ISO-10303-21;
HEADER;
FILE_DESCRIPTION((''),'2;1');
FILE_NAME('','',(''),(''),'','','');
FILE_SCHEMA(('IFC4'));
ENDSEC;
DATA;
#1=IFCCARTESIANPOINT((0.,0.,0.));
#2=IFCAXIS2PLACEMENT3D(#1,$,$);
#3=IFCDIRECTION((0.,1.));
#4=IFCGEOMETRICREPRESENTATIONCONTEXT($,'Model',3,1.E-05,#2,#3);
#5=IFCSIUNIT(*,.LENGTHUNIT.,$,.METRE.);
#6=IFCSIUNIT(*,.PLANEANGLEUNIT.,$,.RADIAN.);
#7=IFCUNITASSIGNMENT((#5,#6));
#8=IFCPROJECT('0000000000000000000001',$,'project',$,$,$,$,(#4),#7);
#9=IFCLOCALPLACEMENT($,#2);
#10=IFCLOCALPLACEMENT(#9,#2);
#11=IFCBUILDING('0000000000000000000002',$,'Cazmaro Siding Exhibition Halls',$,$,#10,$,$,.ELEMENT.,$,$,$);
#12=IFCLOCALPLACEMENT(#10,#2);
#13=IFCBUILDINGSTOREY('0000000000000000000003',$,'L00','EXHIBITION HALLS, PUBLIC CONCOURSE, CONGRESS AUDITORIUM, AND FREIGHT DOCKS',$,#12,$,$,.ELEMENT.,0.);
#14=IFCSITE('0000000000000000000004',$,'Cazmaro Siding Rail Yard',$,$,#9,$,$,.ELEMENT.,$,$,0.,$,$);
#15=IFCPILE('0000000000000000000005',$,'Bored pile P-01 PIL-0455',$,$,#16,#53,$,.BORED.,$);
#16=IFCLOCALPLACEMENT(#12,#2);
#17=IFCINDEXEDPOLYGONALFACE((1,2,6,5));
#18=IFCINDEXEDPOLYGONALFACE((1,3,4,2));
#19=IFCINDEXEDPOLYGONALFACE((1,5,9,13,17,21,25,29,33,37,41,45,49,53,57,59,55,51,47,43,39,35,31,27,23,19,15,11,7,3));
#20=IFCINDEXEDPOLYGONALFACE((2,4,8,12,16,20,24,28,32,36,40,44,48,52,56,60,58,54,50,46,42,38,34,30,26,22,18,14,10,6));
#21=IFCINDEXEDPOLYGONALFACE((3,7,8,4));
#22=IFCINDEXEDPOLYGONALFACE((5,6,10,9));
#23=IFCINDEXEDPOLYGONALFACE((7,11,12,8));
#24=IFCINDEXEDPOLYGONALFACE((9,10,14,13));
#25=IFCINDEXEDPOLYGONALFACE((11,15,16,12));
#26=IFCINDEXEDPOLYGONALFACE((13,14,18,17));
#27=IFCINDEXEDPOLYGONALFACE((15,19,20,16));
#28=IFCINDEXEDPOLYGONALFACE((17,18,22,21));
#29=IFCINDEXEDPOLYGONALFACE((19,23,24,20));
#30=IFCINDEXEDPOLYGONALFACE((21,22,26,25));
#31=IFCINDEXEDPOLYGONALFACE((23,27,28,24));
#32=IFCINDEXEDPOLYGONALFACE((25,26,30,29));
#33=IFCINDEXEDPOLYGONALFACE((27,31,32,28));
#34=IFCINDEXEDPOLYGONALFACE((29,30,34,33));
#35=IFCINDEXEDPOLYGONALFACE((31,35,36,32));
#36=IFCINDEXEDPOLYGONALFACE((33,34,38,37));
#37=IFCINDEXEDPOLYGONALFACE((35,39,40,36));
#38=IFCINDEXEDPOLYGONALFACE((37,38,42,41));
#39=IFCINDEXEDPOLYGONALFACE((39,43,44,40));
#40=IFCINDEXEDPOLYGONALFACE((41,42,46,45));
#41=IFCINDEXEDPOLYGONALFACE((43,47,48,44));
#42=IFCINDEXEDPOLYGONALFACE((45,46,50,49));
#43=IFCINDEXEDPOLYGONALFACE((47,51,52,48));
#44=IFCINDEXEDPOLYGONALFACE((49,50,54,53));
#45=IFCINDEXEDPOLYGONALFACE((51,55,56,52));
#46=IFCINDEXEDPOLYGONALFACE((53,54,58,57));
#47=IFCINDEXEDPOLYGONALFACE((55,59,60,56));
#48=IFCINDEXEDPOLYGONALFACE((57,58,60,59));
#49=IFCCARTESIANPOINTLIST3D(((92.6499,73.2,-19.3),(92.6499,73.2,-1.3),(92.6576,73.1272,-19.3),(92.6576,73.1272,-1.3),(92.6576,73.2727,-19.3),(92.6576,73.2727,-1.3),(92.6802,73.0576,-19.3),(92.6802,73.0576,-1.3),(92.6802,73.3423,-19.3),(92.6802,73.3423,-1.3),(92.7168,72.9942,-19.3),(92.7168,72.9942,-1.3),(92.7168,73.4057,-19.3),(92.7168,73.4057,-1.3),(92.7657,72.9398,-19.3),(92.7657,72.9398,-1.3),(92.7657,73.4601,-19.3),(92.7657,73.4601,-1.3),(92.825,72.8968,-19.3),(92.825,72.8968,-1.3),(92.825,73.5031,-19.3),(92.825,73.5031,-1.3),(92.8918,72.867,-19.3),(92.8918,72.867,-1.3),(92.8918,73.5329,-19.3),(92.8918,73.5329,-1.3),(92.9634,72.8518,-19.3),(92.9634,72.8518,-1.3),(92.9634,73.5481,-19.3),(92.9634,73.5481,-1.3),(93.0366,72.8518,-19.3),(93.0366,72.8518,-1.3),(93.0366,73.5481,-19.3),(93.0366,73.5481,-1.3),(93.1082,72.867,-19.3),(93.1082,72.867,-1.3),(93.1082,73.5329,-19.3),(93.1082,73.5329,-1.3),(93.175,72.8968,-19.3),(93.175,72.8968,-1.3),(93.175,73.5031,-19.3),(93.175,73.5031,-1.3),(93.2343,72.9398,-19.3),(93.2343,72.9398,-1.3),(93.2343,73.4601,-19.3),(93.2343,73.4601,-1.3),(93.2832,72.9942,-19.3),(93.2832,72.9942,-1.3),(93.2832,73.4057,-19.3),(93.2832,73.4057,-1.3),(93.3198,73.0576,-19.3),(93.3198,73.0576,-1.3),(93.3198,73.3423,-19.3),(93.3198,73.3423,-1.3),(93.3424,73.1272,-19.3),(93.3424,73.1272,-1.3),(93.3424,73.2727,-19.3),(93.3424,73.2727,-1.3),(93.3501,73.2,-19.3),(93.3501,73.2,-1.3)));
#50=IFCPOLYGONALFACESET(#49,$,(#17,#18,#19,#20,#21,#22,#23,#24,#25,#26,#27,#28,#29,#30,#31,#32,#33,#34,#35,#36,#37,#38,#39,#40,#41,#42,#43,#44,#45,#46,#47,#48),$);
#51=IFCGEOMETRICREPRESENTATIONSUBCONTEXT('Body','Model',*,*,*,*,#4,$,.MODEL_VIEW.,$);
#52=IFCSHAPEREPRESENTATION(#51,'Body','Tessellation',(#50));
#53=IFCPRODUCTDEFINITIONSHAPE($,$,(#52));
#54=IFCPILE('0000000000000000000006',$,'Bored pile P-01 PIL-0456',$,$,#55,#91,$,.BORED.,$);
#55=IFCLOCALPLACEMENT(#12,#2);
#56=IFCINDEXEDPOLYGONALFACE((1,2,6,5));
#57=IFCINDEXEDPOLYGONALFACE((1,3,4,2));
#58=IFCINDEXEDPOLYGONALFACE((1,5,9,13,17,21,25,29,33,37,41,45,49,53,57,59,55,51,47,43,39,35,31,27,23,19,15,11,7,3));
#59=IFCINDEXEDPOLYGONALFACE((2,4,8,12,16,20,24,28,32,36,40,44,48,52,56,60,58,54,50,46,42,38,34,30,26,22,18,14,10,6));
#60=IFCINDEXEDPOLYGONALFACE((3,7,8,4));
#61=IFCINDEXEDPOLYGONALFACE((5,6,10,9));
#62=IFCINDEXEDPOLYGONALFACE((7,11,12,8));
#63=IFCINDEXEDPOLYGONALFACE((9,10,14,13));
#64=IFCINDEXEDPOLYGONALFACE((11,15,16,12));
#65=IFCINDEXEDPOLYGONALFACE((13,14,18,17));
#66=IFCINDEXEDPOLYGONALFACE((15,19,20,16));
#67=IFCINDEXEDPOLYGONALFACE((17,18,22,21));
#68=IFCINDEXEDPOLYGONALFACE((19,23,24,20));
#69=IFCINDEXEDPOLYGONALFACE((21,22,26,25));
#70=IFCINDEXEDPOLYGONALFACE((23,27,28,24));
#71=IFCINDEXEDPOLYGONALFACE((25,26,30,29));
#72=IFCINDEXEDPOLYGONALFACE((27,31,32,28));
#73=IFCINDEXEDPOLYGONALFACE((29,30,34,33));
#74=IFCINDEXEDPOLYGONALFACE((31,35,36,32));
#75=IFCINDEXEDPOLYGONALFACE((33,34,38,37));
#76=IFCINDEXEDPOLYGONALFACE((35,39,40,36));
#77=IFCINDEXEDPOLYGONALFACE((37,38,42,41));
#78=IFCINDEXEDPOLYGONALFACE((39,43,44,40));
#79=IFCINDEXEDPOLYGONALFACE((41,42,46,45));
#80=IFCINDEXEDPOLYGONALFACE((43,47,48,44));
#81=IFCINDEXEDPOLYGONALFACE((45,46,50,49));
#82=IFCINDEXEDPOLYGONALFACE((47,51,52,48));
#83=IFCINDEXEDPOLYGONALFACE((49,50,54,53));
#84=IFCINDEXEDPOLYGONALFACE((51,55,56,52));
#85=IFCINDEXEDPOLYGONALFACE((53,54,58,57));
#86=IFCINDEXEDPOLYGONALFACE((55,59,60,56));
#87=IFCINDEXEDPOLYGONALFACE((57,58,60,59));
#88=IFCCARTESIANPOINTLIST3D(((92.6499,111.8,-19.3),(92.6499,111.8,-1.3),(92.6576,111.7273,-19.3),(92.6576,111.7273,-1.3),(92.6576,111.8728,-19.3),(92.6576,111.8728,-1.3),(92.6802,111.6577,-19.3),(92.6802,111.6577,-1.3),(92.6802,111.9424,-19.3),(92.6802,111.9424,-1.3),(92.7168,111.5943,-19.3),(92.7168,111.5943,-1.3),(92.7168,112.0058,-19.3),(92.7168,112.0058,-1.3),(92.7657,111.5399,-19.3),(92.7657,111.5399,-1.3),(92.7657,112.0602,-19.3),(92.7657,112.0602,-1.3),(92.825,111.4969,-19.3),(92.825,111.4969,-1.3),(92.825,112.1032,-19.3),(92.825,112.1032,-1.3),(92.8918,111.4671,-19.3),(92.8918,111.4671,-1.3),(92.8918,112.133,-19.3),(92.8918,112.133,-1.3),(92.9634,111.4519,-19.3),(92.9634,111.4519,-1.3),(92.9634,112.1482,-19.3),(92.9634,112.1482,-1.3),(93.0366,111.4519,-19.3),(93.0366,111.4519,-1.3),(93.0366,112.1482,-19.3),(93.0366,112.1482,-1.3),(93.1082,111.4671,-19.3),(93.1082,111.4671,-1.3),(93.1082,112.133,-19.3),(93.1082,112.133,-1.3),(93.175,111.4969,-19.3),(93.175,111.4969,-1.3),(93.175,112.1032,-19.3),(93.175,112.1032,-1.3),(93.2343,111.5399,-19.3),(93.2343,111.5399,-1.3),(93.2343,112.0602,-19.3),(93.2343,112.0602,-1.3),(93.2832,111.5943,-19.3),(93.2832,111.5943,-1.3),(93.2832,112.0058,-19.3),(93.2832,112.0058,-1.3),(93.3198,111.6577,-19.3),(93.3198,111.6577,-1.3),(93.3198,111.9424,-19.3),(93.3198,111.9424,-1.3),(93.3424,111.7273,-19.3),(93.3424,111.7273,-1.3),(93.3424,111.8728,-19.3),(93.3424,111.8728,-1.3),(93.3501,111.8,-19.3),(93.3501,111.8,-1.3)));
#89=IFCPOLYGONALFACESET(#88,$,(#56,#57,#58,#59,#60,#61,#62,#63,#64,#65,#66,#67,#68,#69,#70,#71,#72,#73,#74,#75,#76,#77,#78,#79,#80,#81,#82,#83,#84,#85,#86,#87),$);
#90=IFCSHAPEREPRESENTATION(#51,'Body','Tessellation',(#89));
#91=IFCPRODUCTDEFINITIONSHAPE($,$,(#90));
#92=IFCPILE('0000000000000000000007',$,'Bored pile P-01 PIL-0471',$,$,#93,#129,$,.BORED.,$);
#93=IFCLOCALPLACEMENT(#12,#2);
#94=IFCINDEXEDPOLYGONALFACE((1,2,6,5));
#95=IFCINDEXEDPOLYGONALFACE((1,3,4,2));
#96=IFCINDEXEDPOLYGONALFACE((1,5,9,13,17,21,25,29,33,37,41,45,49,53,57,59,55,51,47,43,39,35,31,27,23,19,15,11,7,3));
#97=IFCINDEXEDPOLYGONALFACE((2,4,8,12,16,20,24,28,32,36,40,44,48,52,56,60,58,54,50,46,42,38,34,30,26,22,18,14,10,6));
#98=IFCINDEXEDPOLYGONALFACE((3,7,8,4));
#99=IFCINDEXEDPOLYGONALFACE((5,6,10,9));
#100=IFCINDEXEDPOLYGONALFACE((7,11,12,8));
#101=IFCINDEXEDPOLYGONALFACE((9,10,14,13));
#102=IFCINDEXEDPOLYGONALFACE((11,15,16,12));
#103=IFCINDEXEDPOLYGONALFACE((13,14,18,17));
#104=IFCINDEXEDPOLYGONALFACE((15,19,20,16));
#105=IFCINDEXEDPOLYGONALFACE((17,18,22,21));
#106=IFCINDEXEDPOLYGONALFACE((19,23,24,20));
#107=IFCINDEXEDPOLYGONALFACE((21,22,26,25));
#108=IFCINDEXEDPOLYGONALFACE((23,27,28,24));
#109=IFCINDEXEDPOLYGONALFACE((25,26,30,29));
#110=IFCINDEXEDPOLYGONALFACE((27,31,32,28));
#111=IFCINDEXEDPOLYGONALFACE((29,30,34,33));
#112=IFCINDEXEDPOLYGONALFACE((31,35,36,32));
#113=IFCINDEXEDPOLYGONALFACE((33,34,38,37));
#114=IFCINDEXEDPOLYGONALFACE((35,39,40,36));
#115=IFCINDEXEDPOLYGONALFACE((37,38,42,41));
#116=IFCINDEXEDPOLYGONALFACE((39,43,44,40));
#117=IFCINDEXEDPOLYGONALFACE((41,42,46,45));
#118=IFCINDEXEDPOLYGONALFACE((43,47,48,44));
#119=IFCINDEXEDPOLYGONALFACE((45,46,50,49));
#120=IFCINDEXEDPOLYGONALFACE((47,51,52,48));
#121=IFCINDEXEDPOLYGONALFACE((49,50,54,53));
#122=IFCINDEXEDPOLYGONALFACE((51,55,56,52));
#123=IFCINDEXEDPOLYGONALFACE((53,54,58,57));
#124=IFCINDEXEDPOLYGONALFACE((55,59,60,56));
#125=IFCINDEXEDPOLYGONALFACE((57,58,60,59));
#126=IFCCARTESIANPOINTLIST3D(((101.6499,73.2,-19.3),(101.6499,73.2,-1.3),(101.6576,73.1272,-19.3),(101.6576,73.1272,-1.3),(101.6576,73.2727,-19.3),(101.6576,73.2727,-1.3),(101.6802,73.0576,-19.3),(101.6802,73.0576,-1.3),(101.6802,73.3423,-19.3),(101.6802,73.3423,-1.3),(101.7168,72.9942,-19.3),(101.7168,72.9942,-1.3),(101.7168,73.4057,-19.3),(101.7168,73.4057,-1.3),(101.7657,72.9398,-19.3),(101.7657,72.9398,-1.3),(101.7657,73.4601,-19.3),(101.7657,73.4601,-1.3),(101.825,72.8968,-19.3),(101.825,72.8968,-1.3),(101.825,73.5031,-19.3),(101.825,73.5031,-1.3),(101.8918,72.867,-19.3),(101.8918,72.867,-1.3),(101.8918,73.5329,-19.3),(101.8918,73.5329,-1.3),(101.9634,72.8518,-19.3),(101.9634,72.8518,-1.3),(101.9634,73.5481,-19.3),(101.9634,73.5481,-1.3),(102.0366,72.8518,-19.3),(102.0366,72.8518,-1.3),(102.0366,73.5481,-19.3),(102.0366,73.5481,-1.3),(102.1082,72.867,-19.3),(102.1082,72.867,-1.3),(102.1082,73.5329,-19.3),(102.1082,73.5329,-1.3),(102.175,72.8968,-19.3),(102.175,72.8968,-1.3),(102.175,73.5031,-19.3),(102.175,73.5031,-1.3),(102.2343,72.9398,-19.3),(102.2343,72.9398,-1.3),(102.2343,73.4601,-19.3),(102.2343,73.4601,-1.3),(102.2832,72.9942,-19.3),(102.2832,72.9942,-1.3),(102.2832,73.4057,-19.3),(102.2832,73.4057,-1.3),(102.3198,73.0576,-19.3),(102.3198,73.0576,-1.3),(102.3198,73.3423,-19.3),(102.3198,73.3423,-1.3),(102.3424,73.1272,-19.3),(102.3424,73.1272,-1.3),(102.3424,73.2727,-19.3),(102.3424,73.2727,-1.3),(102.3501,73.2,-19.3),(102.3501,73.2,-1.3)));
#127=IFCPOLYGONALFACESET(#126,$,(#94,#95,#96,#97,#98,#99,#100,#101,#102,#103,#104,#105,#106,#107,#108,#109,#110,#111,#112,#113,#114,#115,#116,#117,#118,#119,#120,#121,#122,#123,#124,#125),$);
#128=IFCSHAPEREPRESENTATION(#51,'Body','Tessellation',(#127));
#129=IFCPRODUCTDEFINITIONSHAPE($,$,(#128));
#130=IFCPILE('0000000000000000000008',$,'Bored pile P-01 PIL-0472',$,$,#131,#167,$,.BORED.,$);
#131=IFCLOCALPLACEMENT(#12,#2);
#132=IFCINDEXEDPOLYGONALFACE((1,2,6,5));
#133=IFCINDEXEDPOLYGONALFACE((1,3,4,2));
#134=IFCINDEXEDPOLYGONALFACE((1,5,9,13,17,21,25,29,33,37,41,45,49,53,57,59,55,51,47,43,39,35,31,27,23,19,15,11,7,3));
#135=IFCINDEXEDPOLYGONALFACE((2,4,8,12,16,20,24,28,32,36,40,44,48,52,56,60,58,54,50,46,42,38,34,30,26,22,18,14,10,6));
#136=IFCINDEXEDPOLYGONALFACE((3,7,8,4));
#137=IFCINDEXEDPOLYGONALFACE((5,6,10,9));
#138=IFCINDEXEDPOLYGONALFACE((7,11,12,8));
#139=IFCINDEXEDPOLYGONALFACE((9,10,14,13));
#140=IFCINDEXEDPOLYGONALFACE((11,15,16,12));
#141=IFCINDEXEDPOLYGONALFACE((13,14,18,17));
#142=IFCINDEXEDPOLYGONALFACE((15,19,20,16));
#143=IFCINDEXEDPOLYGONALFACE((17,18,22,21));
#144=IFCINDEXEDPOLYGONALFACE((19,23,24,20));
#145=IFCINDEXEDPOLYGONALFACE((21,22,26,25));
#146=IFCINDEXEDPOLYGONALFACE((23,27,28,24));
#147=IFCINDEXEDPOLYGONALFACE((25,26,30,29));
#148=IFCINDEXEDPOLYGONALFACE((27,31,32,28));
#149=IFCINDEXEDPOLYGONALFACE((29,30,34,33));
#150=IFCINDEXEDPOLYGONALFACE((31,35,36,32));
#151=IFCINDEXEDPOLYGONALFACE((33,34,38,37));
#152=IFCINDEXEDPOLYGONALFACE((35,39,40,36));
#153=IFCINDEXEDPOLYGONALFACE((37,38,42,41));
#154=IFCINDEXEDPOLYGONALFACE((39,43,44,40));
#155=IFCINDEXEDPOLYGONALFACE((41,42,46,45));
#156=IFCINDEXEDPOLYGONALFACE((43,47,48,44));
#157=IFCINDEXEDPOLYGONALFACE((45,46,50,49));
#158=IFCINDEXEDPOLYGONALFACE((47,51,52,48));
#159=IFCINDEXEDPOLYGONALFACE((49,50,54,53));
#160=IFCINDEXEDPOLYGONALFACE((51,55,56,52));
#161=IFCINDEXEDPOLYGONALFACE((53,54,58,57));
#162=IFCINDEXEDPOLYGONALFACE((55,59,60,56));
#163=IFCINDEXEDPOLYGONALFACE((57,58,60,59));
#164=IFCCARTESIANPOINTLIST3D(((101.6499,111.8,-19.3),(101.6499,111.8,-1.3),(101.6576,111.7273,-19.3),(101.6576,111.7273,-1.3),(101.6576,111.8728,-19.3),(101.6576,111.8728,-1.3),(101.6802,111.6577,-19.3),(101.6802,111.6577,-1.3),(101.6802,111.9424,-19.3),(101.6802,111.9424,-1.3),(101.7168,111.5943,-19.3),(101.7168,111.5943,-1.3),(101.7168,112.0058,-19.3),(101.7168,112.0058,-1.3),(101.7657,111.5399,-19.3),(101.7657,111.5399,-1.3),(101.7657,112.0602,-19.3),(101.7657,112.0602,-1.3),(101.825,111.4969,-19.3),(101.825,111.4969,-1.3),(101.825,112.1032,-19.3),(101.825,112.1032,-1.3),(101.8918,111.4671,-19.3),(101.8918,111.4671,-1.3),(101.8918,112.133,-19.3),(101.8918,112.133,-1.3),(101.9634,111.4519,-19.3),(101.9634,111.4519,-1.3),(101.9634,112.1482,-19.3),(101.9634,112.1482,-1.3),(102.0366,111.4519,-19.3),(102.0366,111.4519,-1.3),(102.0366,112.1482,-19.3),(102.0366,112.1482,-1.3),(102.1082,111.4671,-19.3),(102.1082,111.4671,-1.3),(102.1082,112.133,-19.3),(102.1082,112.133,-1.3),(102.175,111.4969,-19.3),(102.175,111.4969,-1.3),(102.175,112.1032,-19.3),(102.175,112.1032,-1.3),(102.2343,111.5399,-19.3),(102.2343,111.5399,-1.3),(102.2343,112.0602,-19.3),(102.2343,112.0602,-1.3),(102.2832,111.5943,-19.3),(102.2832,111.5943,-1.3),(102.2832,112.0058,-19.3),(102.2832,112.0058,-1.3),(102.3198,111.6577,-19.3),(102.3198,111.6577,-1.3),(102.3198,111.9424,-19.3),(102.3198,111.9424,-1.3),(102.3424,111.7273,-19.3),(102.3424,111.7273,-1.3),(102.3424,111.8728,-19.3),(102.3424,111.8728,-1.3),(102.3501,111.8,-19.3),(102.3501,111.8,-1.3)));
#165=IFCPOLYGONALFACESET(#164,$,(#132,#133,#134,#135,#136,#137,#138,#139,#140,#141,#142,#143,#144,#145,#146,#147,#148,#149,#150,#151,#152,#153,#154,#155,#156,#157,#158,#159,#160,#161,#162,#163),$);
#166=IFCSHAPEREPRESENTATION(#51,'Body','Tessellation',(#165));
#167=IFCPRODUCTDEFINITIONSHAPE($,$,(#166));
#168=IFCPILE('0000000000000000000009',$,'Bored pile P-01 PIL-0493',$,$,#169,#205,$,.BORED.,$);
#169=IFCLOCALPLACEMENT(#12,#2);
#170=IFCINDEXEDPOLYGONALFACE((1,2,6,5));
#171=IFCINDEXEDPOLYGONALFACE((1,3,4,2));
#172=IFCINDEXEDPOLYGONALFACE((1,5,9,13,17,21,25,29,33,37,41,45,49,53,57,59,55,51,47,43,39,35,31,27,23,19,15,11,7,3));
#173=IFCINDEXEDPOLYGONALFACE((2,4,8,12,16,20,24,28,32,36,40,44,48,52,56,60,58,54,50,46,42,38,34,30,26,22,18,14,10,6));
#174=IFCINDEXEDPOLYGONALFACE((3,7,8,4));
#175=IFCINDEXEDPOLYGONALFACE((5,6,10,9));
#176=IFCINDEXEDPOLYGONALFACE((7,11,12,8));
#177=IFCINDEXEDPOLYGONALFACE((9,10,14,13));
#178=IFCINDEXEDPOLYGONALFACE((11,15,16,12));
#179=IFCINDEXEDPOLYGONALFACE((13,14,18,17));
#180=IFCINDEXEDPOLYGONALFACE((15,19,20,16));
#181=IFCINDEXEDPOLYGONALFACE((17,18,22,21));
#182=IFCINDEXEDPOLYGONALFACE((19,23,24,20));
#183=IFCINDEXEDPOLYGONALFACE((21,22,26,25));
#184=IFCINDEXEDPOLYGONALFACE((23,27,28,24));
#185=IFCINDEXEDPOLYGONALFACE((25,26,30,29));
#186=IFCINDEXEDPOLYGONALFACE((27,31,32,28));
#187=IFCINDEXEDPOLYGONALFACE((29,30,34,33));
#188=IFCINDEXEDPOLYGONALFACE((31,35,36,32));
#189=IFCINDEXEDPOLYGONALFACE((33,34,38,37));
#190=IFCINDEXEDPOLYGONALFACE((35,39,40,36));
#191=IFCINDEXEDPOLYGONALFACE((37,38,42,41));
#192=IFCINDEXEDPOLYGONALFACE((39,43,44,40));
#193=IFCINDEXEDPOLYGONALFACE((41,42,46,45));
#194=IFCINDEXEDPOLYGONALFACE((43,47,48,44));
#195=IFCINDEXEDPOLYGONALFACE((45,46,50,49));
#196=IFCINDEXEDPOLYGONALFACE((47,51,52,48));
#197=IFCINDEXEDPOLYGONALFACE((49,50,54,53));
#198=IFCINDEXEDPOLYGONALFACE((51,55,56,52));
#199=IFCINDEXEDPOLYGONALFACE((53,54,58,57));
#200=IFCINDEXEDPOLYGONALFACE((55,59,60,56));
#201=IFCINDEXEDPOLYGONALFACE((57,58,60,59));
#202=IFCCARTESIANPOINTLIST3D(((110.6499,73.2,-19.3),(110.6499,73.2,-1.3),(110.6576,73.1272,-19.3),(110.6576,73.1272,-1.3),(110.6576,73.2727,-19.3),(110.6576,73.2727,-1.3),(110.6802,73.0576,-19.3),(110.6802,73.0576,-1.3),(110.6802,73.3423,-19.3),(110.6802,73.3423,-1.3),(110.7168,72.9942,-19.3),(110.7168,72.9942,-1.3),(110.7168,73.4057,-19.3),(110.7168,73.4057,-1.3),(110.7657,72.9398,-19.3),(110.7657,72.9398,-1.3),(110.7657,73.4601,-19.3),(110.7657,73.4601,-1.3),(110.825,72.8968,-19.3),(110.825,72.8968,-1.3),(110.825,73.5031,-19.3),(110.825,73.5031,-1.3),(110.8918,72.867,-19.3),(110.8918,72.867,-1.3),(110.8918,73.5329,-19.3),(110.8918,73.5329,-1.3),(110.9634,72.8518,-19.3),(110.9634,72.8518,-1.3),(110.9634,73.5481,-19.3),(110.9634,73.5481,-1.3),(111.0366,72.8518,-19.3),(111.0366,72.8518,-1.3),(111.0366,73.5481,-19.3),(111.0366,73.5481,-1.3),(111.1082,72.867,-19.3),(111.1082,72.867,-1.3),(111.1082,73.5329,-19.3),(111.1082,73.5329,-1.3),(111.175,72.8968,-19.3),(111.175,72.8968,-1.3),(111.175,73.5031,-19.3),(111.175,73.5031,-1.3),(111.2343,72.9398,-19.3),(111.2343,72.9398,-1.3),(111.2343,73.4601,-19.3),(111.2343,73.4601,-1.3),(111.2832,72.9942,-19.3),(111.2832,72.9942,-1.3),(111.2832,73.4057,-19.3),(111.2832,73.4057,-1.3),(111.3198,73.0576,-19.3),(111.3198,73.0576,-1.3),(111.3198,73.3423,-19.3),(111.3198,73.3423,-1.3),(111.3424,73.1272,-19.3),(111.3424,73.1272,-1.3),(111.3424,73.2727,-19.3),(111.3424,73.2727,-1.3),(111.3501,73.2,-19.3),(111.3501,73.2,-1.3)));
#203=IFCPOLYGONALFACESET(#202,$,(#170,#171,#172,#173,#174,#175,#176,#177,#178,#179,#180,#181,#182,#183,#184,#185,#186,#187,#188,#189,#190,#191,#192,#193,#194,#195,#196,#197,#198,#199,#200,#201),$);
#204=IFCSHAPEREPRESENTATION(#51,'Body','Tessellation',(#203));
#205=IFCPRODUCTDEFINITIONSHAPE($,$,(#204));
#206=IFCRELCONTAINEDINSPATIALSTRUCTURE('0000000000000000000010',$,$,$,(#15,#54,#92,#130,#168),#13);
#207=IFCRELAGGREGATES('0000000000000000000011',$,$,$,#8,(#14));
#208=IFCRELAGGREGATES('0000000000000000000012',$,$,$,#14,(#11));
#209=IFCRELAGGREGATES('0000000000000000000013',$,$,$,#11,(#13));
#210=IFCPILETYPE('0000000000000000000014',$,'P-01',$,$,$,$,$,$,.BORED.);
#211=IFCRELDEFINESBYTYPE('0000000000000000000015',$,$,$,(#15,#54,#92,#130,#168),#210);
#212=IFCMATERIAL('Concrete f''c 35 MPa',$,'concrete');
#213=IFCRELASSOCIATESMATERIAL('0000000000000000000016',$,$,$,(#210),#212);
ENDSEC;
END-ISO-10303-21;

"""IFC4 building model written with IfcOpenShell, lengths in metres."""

from ifc_helpers import new_model, si_unit, direction, frame, origin, origin_2d, place, context, subcontext, project, spatial, circle, extrude, material, material_profile, profile_set, type_object, element, save


model = new_model("IFC4")

# Units and contexts
model_context = context("Model", 3, precision=1e-05, world=origin(), true_north=direction((0.0, 1.0)))
body_context = subcontext(model_context, "Body", "Model", "MODEL_VIEW")
ifc_project = project(units=[si_unit("LENGTHUNIT", "METRE"), si_unit("PLANEANGLEUNIT", "RADIAN")], contexts=[model_context])

# Site, building, storey
site_placement = place(None, origin())
site = spatial("IfcSite", under=ifc_project, at=site_placement, Name="Cazmaro Siding Rail Yard", CompositionType="ELEMENT", RefElevation=0.0)
building_placement = place(site_placement, origin())
building = spatial("IfcBuilding", under=site, at=building_placement, Name="Cazmaro Siding Exhibition Halls", CompositionType="ELEMENT")
storey_placement = place(building_placement, origin())
storey = spatial("IfcBuildingStorey", under=building, at=storey_placement, Name="L00", Description="EXHIBITION HALLS, PUBLIC CONCOURSE, CONGRESS AUDITORIUM, AND FREIGHT DOCKS", CompositionType="ELEMENT", Elevation=0.0)

# Piles
ifc_material_1 = material(Name="Concrete f'c 35 MPa", Category="concrete")
ifc_material_profile_1 = material_profile(ifc_material_1, circle(Radius=0.3501, at=origin_2d()), Name="CIDH-700")
ifc_profile_set_1 = profile_set([ifc_material_profile_1], Name="Concrete f'c 35 MPa")
pile_type = type_object("IfcPileType", Name="P-01", PredefinedType="BORED", material=ifc_profile_set_1)
for number, where, z_axis, x_axis, name in (
    (1, (93.0, 73.2, -1.3), (0.0, 0.0, -1.0), (1.0, 0.0, 0.0), "Bored pile P-01 PIL-0455"),
    (2, (93.0, 111.8, -1.3), (0.0, 0.0, -1.0), (1.0, 0.0, 0.0), "Bored pile P-01 PIL-0456"),
    (3, (102.0, 73.2, -1.3), (0.0, 0.0, -1.0), (1.0, 0.0, 0.0), "Bored pile P-01 PIL-0471"),
    (4, (102.0, 111.8, -1.3), (0.0, 0.0, -1.0), (1.0, 0.0, 0.0), "Bored pile P-01 PIL-0472"),
    (5, (111.0, 73.2, -1.3), (0.0, 0.0, -1.0), (1.0, 0.0, 0.0), "Bored pile P-01 PIL-0493"),
):
    element("IfcPile", number, at=place(storey_placement, frame(where, z_axis=z_axis, x_axis=x_axis)), inside=storey, type_object=pile_type, Name=name, PredefinedType="BORED", context=body_context, shape_type="SweptSolid", body=[
        extrude(circle(Radius=0.3501, at=origin_2d()), origin(), (0.0, 0.0, 1.0), 18.0),
    ])

save(model, "model.ifc")
